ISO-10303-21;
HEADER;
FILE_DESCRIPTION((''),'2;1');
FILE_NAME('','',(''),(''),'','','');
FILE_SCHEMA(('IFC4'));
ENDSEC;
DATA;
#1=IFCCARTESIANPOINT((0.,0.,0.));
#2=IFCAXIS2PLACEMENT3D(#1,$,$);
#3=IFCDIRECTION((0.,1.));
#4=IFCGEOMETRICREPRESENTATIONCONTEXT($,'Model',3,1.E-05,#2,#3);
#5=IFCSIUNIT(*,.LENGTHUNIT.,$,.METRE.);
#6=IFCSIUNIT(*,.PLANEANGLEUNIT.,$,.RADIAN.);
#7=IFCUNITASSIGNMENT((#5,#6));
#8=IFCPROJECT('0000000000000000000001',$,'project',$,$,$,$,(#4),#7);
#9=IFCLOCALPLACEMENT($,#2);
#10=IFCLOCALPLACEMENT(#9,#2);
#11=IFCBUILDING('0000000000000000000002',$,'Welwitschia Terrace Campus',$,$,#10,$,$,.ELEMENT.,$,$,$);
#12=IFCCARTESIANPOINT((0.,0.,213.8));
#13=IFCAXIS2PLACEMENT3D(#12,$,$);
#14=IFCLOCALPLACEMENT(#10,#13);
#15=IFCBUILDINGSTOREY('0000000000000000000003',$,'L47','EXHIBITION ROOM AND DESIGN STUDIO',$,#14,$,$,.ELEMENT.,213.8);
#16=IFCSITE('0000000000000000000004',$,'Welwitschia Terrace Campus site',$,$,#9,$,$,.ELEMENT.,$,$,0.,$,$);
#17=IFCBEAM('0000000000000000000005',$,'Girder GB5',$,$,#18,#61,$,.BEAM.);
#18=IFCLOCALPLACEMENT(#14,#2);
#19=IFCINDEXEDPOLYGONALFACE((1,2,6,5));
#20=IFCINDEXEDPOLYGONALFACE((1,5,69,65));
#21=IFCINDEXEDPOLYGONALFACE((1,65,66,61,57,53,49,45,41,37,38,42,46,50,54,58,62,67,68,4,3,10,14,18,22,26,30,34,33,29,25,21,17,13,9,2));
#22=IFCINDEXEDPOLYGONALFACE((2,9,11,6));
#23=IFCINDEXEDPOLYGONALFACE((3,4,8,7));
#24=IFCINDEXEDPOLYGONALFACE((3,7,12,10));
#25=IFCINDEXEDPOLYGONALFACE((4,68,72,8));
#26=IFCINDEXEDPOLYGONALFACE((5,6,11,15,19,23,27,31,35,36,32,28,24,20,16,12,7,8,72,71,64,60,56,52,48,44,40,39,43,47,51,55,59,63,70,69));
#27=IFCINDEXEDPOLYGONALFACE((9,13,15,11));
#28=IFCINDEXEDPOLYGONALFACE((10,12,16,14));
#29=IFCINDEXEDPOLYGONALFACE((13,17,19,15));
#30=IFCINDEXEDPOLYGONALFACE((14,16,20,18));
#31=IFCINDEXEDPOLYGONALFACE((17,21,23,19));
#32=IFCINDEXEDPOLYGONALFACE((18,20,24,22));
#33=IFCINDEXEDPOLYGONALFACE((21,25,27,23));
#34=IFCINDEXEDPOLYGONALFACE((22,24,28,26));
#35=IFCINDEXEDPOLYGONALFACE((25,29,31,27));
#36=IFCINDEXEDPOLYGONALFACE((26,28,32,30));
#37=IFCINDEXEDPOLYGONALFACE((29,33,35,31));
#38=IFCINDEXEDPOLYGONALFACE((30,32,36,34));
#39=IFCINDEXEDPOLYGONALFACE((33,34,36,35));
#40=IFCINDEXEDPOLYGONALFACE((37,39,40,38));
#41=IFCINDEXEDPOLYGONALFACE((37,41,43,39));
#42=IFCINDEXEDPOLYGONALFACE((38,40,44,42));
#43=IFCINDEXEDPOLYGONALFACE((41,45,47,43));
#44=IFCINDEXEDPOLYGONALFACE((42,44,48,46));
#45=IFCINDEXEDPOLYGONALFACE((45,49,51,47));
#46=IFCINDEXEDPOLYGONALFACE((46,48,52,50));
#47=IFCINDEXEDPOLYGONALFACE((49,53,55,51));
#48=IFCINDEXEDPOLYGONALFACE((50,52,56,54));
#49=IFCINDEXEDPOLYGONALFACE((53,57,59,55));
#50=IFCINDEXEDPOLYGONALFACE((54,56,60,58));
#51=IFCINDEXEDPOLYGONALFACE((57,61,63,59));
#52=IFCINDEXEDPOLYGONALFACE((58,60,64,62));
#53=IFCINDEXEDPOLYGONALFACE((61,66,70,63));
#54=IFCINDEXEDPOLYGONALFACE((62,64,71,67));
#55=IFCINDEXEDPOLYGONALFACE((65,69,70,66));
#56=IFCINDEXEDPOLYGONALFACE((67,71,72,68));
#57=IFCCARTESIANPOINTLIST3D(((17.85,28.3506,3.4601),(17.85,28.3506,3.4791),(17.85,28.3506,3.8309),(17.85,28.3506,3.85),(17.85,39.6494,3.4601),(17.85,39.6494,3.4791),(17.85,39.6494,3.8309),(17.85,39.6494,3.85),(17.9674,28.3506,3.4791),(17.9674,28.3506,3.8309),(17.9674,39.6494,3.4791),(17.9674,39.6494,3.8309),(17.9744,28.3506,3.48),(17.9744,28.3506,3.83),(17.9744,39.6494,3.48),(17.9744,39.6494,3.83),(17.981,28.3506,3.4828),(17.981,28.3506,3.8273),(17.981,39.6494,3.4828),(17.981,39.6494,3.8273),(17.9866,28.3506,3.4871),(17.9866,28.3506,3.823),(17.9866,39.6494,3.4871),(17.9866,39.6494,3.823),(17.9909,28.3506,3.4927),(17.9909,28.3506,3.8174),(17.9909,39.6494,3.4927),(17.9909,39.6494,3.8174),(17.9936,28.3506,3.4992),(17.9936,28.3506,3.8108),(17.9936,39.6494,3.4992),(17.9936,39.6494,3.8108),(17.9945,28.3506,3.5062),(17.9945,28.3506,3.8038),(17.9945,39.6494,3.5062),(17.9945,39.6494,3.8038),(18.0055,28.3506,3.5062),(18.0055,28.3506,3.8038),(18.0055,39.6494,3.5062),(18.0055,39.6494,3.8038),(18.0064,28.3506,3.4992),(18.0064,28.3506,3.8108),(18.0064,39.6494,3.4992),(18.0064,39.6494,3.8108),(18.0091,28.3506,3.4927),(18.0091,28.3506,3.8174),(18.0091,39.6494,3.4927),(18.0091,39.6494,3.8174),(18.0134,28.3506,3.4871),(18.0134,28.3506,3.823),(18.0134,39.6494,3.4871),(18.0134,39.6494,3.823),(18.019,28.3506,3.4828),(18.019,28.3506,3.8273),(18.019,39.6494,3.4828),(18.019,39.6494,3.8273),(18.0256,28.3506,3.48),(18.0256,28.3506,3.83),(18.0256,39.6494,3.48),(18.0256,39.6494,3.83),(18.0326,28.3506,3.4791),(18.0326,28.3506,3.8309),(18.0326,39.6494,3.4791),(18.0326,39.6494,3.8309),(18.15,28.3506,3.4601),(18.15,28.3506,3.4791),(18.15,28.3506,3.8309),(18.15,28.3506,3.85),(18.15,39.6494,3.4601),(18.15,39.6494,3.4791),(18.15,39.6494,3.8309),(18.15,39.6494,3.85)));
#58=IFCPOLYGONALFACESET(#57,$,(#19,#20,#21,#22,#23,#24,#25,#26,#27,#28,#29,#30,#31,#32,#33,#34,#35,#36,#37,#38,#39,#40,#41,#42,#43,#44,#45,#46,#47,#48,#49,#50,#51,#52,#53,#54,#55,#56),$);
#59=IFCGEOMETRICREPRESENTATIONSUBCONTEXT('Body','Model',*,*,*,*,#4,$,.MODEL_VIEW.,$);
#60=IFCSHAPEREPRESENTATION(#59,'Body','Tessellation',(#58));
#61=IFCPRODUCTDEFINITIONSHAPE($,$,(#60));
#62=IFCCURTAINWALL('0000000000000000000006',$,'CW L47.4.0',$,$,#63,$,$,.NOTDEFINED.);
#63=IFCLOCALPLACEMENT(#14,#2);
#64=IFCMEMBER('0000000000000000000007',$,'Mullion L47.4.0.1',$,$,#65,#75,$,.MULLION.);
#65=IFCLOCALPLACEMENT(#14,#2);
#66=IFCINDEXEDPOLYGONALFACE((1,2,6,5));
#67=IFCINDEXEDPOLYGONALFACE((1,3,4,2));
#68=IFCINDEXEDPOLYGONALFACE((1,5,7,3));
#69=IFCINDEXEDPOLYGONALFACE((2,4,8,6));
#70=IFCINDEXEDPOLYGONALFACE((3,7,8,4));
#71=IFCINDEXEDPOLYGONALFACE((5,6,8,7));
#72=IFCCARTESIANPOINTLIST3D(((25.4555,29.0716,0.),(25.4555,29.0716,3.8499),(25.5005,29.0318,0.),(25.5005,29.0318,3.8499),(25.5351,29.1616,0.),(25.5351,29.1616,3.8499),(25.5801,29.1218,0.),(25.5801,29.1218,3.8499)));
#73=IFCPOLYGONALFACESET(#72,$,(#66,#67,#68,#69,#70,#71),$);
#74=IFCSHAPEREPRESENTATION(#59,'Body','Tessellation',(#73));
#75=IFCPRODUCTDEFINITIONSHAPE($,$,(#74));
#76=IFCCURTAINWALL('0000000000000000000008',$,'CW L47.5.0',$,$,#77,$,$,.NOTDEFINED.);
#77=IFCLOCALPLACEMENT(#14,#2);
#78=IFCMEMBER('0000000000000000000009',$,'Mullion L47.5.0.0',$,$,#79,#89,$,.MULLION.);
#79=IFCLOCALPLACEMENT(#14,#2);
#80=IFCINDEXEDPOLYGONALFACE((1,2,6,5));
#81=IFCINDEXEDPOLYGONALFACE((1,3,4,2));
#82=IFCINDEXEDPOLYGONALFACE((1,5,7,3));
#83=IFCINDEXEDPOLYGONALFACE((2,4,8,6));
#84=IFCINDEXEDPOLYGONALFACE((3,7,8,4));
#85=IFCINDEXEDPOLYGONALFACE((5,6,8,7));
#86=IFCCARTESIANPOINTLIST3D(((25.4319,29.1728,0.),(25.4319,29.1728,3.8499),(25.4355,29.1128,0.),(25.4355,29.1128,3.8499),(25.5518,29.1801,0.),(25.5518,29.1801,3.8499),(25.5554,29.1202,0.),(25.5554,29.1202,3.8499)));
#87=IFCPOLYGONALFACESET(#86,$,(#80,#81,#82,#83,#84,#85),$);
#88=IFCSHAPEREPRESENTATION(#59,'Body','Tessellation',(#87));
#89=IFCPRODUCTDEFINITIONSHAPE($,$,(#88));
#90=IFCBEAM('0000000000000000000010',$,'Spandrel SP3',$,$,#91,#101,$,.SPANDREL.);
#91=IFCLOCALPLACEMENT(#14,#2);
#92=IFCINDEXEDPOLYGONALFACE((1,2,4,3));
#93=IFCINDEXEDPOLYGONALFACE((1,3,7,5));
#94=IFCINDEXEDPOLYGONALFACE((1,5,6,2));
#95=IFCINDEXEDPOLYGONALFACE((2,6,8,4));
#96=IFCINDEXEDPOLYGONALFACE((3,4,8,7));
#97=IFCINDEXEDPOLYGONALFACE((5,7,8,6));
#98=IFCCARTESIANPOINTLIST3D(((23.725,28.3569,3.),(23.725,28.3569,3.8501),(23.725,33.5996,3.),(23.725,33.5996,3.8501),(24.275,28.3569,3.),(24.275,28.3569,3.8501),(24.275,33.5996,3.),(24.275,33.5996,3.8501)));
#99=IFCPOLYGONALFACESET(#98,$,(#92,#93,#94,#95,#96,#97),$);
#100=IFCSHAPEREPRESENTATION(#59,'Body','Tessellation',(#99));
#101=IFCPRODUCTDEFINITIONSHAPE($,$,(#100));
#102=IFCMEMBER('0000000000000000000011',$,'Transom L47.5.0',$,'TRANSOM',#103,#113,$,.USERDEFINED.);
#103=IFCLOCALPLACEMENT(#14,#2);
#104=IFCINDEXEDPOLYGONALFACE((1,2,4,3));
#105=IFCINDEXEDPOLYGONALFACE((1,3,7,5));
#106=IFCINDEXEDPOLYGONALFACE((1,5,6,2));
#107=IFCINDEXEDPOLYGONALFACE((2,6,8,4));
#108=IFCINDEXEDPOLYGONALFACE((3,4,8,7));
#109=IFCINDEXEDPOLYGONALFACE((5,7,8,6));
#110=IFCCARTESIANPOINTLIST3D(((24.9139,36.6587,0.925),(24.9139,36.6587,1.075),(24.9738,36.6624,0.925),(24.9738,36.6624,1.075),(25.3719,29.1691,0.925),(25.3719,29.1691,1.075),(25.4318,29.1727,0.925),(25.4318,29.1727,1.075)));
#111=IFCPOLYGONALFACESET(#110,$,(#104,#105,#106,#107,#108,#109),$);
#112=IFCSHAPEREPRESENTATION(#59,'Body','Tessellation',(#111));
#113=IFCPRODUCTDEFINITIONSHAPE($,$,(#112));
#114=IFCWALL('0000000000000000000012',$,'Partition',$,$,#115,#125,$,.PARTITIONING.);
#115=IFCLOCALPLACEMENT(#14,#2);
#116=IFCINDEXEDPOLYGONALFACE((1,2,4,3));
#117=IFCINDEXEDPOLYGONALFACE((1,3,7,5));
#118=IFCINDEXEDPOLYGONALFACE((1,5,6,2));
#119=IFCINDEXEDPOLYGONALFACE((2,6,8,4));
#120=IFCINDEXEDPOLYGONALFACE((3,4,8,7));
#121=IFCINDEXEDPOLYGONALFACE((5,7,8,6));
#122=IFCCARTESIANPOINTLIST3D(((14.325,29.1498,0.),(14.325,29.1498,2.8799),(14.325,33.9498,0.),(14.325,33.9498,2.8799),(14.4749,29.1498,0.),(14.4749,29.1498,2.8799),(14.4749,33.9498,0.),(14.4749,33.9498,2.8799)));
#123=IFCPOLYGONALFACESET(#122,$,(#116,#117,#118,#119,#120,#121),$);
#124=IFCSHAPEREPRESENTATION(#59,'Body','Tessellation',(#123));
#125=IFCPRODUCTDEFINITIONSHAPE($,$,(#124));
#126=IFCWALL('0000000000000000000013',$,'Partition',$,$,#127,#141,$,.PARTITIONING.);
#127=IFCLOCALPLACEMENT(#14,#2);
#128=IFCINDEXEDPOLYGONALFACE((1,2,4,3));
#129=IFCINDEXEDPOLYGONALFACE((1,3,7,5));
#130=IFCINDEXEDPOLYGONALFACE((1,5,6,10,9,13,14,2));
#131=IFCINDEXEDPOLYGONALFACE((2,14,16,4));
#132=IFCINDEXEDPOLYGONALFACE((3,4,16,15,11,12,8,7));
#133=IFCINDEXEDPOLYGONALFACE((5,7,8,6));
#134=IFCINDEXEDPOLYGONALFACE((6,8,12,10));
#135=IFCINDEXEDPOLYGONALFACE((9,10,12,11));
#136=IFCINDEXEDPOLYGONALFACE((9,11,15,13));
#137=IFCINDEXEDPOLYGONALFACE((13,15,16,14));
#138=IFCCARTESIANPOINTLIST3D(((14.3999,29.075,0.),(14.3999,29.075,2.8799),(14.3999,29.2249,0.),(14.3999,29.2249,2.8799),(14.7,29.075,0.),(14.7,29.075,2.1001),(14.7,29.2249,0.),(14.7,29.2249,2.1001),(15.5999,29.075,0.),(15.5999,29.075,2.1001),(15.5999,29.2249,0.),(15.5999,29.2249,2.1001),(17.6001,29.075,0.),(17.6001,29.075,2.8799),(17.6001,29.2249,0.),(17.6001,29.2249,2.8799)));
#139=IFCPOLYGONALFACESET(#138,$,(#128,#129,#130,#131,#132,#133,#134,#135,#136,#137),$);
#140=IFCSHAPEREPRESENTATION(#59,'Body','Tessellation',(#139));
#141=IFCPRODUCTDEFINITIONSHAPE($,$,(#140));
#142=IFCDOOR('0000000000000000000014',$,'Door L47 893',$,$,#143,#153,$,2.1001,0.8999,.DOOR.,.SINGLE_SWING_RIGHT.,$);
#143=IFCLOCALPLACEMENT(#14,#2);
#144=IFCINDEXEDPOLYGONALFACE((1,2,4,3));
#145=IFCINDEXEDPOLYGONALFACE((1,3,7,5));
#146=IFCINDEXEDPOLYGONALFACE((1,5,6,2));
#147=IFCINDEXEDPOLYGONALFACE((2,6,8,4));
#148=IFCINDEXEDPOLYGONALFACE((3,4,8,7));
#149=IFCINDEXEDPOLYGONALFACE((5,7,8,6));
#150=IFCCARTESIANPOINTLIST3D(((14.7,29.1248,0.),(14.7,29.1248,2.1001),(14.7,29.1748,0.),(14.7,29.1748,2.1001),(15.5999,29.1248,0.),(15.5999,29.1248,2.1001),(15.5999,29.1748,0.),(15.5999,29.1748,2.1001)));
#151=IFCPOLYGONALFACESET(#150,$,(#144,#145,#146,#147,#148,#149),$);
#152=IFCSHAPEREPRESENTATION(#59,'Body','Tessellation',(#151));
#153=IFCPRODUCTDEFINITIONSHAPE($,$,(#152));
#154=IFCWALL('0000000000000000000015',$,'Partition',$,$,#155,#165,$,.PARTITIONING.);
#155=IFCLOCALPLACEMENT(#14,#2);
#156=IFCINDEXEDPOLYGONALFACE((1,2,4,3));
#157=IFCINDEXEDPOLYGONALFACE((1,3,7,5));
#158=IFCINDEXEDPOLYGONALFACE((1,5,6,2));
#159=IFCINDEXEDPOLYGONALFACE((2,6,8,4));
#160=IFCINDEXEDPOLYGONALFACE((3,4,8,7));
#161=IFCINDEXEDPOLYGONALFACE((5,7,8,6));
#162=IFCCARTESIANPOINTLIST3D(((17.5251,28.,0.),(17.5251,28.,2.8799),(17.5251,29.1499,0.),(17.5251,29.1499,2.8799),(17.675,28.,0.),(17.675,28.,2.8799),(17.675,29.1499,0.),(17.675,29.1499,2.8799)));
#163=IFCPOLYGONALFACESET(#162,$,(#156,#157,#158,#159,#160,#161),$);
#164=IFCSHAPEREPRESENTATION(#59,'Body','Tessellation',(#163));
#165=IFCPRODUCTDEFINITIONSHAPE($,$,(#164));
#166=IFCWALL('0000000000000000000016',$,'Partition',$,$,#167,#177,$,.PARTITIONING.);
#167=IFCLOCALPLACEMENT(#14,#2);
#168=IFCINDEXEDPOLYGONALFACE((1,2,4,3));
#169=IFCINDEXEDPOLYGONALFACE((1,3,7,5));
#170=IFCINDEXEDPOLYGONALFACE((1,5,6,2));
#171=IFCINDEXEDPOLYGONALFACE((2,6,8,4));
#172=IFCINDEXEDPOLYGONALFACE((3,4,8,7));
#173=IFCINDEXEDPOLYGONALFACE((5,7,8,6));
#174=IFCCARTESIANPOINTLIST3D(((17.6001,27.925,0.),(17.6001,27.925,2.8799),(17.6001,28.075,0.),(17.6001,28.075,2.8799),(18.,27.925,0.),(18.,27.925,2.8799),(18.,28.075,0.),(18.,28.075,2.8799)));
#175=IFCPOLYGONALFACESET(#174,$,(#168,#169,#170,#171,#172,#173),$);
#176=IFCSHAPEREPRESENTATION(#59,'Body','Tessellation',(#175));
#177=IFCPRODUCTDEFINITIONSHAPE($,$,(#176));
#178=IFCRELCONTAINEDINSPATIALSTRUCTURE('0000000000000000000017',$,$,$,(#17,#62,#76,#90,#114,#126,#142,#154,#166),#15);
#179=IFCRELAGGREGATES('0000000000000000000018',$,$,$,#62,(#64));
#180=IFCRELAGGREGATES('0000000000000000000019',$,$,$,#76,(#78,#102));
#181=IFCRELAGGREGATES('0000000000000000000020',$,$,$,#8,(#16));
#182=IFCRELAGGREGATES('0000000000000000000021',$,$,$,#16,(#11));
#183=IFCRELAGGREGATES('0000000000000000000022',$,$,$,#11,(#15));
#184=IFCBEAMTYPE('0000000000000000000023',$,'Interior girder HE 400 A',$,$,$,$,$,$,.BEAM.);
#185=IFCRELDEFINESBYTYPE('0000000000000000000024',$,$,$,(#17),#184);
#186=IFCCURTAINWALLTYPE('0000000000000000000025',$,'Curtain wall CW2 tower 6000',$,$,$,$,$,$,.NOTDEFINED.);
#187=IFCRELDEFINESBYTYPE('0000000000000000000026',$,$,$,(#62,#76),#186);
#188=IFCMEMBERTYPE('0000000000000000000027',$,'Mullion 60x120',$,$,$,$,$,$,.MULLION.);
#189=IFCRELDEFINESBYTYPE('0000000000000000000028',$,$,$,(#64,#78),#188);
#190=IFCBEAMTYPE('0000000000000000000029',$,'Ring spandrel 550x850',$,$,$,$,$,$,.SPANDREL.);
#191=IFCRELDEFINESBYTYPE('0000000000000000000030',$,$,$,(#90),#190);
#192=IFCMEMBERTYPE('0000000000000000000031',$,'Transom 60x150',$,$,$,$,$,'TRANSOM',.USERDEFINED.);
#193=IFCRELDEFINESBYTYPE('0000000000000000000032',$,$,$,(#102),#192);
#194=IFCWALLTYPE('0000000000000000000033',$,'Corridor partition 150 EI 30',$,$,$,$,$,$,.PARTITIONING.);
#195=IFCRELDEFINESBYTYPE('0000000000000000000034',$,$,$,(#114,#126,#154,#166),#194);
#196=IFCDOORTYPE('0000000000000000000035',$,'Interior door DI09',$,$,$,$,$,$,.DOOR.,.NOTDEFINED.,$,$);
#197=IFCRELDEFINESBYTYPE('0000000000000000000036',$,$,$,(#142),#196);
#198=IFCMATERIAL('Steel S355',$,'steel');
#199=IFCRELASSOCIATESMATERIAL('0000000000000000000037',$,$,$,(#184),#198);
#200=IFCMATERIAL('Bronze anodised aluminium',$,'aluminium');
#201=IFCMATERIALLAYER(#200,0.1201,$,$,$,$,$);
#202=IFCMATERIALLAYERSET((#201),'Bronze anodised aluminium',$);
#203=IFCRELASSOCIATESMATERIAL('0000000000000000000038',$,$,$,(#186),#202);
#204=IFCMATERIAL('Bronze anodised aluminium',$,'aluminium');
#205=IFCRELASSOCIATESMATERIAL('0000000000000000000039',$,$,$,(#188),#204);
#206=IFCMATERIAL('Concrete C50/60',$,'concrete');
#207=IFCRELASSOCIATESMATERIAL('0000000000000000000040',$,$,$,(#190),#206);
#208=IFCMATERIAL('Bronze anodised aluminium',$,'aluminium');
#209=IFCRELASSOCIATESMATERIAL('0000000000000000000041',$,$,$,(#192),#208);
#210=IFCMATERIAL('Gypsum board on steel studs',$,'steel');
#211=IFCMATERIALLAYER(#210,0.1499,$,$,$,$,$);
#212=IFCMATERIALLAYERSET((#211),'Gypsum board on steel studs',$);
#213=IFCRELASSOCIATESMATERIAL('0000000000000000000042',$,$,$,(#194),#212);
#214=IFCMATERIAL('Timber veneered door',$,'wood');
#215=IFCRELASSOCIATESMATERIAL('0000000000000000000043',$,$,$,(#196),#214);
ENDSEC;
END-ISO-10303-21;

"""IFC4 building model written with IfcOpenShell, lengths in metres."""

from ifc_helpers import new_model, si_unit, direction, frame, frame_2d, origin, origin_2d, place, context, subcontext, project, spatial, rectangle, i_section, extrude, material, layer, layer_set, material_profile, profile_set, type_object, element, fill, aggregate, save


model = new_model("IFC4")

# Units and contexts
model_context = context("Model", 3, precision=1e-05, world=origin(), true_north=direction((0.0, 1.0)))
body_context = subcontext(model_context, "Body", "Model", "MODEL_VIEW")
ifc_project = project(units=[si_unit("LENGTHUNIT", "METRE"), si_unit("PLANEANGLEUNIT", "RADIAN")], contexts=[model_context])

# Site, building, storey
site_placement = place(None, origin())
site = spatial("IfcSite", under=ifc_project, at=site_placement, Name="Welwitschia Terrace Campus site", CompositionType="ELEMENT", RefElevation=0.0)
building_placement = place(site_placement, origin())
building = spatial("IfcBuilding", under=site, at=building_placement, Name="Welwitschia Terrace Campus", CompositionType="ELEMENT")
storey_placement = place(building_placement, frame((0.0, 0.0, 213.8)))
storey = spatial("IfcBuildingStorey", under=building, at=storey_placement, Name="L47", Description="EXHIBITION ROOM AND DESIGN STUDIO", CompositionType="ELEMENT", Elevation=213.8)

# Beam
ifc_material_1 = material(Name="Steel S355", Category="steel")
ifc_material_profile_1 = material_profile(ifc_material_1, i_section(OverallWidth=0.3, OverallDepth=0.3899, WebThickness=0.011, FlangeThickness=0.019, FilletRadius=0.0271, at=origin_2d()))
ifc_profile_set_1 = profile_set([ifc_material_profile_1], Name="Steel S355")
beam_type_1 = type_object("IfcBeamType", Name="Interior girder HE 400 A", PredefinedType="BEAM", material=ifc_profile_set_1)
beam_1_placement = place(storey_placement, frame((18.0, 28.3506, 3.655), z_axis=(0.0, 1.0, 0.0), x_axis=(-1.0, 0.0, 0.0)))
element("IfcBeam", 1, at=beam_1_placement, inside=storey, type_object=beam_type_1, Name="Girder GB5", PredefinedType="BEAM", context=body_context, shape_type="SweptSolid", body=[
    extrude(i_section(OverallWidth=0.3, OverallDepth=0.3899, WebThickness=0.011, FlangeThickness=0.019, FilletRadius=0.0271, at=origin_2d()), origin(), (0.0, 0.0, 1.0), 11.2988),
])

# Curtain walls, members
ifc_material_2 = material(Name="Bronze anodised aluminium", Category="aluminium")
ifc_layer_1 = layer(ifc_material_2, 0.1201)
ifc_layer_set_1 = layer_set([ifc_layer_1], Name="Bronze anodised aluminium")
curtain_wall_type = type_object("IfcCurtainWallType", Name="Curtain wall CW2 tower 6000", PredefinedType="NOTDEFINED", material=ifc_layer_set_1)
curtain_wall_1_placement = place(storey_placement, origin())
curtain_wall_1 = element("IfcCurtainWall", 2, at=curtain_wall_1_placement, inside=storey, type_object=curtain_wall_type, Name="CW L47.4.0", PredefinedType="NOTDEFINED")
ifc_material_3 = material(Name="Bronze anodised aluminium", Category="aluminium")
ifc_material_profile_2 = material_profile(ifc_material_3, rectangle(XDim=0.1201, YDim=0.0601, at=origin_2d()))
ifc_profile_set_2 = profile_set([ifc_material_profile_2], Name="Bronze anodised aluminium")
member_type_1 = type_object("IfcMemberType", Name="Mullion 60x120", PredefinedType="MULLION", material=ifc_profile_set_2)
member_1_placement = place(storey_placement, frame((25.5178, 29.0967, 0.0), z_axis=(0.0, 0.0, 1.0), x_axis=(-0.66262, -0.748956, 0.0)))
member_1 = element("IfcMember", 3, at=member_1_placement, type_object=member_type_1, Name="Mullion L47.4.0.1", PredefinedType="MULLION", context=body_context, shape_type="SweptSolid", body=[
    extrude(rectangle(XDim=0.1201, YDim=0.0601, at=origin_2d()), origin(), (0.0, 0.0, 1.0), 3.8499),
])
aggregate(curtain_wall_1, [member_1])
curtain_wall_2_placement = place(storey_placement, origin())
curtain_wall_2 = element("IfcCurtainWall", 4, at=curtain_wall_2_placement, inside=storey, type_object=curtain_wall_type, Name="CW L47.5.0", PredefinedType="NOTDEFINED")
member_2_placement = place(storey_placement, frame((25.4937, 29.1465, 0.0), z_axis=(0.0, 0.0, 1.0), x_axis=(-0.998135, -0.061049, 0.0)))
member_2 = element("IfcMember", 5, at=member_2_placement, type_object=member_type_1, Name="Mullion L47.5.0.0", PredefinedType="MULLION", context=body_context, shape_type="SweptSolid", body=[
    extrude(rectangle(XDim=0.1201, YDim=0.0601, at=origin_2d()), origin(), (0.0, 0.0, 1.0), 3.8499),
])

# Beam
ifc_material_4 = material(Name="Concrete C50/60", Category="concrete")
ifc_material_profile_3 = material_profile(ifc_material_4, rectangle(XDim=0.55, YDim=0.8501, at=origin_2d()))
ifc_profile_set_3 = profile_set([ifc_material_profile_3], Name="Concrete C50/60")
beam_type_2 = type_object("IfcBeamType", Name="Ring spandrel 550x850", PredefinedType="SPANDREL", material=ifc_profile_set_3)
beam_2_placement = place(storey_placement, frame((24.0, 28.3569, 3.425), z_axis=(0.0, 1.0, 0.0), x_axis=(-1.0, 0.0, 0.0)))
element("IfcBeam", 6, at=beam_2_placement, inside=storey, type_object=beam_type_2, Name="Spandrel SP3", PredefinedType="SPANDREL", context=body_context, shape_type="SweptSolid", body=[
    extrude(rectangle(XDim=0.55, YDim=0.8501, at=origin_2d()), origin(), (0.0, 0.0, 1.0), 5.2427),
])

# Member
ifc_material_5 = material(Name="Bronze anodised aluminium", Category="aluminium")
ifc_material_profile_4 = material_profile(ifc_material_5, rectangle(XDim=0.0601, YDim=0.1499, at=origin_2d()))
ifc_profile_set_4 = profile_set([ifc_material_profile_4], Name="Bronze anodised aluminium")
member_type_2 = type_object("IfcMemberType", Name="Transom 60x150", ElementType="TRANSOM", PredefinedType="USERDEFINED", material=ifc_profile_set_4)
member_3_placement = place(storey_placement, frame((25.4019, 29.1709, 1.0), z_axis=(-0.061037, 0.998135, 0.0), x_axis=(-0.998135, -0.061037, 0.0)))
member_3 = element("IfcMember", 7, at=member_3_placement, type_object=member_type_2, Name="Transom L47.5.0", ObjectType="TRANSOM", PredefinedType="USERDEFINED", context=body_context, shape_type="SweptSolid", body=[
    extrude(rectangle(XDim=0.0601, YDim=0.1499, at=origin_2d()), origin(), (0.0, 0.0, 1.0), 7.5037),
])
aggregate(curtain_wall_2, [member_2, member_3])

# Wall
ifc_material_6 = material(Name="Gypsum board on steel studs", Category="steel")
ifc_layer_2 = layer(ifc_material_6, 0.1499)
ifc_layer_set_2 = layer_set([ifc_layer_2], Name="Gypsum board on steel studs")
wall_type = type_object("IfcWallType", Name="Corridor partition 150 EI 30", PredefinedType="PARTITIONING", material=ifc_layer_set_2)
wall_1_placement = place(storey_placement, frame((14.3999, 29.1499, 0.0), z_axis=(0.0, 0.0, 1.0), x_axis=(0.0, 1.0, 0.0)))
element("IfcWall", 8, at=wall_1_placement, inside=storey, type_object=wall_type, Name="Partition", PredefinedType="PARTITIONING", context=body_context, shape_type="SweptSolid", body=[
    extrude(rectangle(XDim=4.8, YDim=0.1499, at=frame_2d((2.3999, 0.0))), origin(), (0.0, 0.0, 1.0), 2.8799),
])

# Wall, opening, door
wall_2_placement = place(storey_placement, frame((14.3999, 29.1499, 0.0), z_axis=(0.0, 0.0, 1.0), x_axis=(1.0, 0.0, 0.0)))
wall_2 = element("IfcWall", 9, at=wall_2_placement, inside=storey, type_object=wall_type, Name="Partition", PredefinedType="PARTITIONING", context=body_context, shape_type="SweptSolid", body=[
    extrude(rectangle(XDim=3.2002, YDim=0.1499, at=frame_2d((1.6001, 0.0))), origin(), (0.0, 0.0, 1.0), 2.8799),
])
opening_1_placement = place(wall_2_placement, frame((0.3, 0.0, 0.0)))
opening_1 = element("IfcOpeningElement", 10, at=opening_1_placement, cuts=wall_2, PredefinedType="OPENING", context=body_context, shape_type="SweptSolid", body=[
    extrude(rectangle(XDim=0.8999, YDim=2.1001, at=frame_2d((0.45, 1.05))), frame((0.0, 0.085, 0.0), z_axis=(0.0, -1.0, 0.0), x_axis=(1.0, 0.0, 0.0)), (0.0, 0.0, 1.0), 0.1699),
])
ifc_material_7 = material(Name="Timber veneered door", Category="wood")
door_type_1 = type_object("IfcDoorType", Name="Interior door DI09", OperationType="NOTDEFINED", PredefinedType="DOOR", material=ifc_material_7)
door_1_placement = place(opening_1_placement, origin())
door_1 = element("IfcDoor", 11, at=door_1_placement, inside=storey, type_object=door_type_1, Name="Door L47 893", OperationType="SINGLE_SWING_RIGHT", OverallHeight=2.1001, OverallWidth=0.8999, PredefinedType="DOOR", context=body_context, shape_type="SweptSolid", body=[
    extrude(rectangle(XDim=0.8999, YDim=2.1001, at=frame_2d((0.45, 1.05))), frame((0.0, 0.0249, 0.0), z_axis=(0.0, -1.0, 0.0), x_axis=(1.0, 0.0, 0.0)), (0.0, 0.0, 1.0), 0.05),
])
fill(opening_1, door_1)

# Walls
wall_3_placement = place(storey_placement, frame((17.6001, 28.0, 0.0), z_axis=(0.0, 0.0, 1.0), x_axis=(0.0, 1.0, 0.0)))
element("IfcWall", 12, at=wall_3_placement, inside=storey, type_object=wall_type, Name="Partition", PredefinedType="PARTITIONING", context=body_context, shape_type="SweptSolid", body=[
    extrude(rectangle(XDim=1.1499, YDim=0.1499, at=frame_2d((0.575, 0.0))), origin(), (0.0, 0.0, 1.0), 2.8799),
])
wall_4_placement = place(storey_placement, frame((17.6001, 28.0, 0.0), z_axis=(0.0, 0.0, 1.0), x_axis=(1.0, 0.0, 0.0)))
element("IfcWall", 13, at=wall_4_placement, inside=storey, type_object=wall_type, Name="Partition", PredefinedType="PARTITIONING", context=body_context, shape_type="SweptSolid", body=[
    extrude(rectangle(XDim=0.3999, YDim=0.1499, at=frame_2d((0.2, 0.0))), origin(), (0.0, 0.0, 1.0), 2.8799),
])

save(model, "model.ifc")
